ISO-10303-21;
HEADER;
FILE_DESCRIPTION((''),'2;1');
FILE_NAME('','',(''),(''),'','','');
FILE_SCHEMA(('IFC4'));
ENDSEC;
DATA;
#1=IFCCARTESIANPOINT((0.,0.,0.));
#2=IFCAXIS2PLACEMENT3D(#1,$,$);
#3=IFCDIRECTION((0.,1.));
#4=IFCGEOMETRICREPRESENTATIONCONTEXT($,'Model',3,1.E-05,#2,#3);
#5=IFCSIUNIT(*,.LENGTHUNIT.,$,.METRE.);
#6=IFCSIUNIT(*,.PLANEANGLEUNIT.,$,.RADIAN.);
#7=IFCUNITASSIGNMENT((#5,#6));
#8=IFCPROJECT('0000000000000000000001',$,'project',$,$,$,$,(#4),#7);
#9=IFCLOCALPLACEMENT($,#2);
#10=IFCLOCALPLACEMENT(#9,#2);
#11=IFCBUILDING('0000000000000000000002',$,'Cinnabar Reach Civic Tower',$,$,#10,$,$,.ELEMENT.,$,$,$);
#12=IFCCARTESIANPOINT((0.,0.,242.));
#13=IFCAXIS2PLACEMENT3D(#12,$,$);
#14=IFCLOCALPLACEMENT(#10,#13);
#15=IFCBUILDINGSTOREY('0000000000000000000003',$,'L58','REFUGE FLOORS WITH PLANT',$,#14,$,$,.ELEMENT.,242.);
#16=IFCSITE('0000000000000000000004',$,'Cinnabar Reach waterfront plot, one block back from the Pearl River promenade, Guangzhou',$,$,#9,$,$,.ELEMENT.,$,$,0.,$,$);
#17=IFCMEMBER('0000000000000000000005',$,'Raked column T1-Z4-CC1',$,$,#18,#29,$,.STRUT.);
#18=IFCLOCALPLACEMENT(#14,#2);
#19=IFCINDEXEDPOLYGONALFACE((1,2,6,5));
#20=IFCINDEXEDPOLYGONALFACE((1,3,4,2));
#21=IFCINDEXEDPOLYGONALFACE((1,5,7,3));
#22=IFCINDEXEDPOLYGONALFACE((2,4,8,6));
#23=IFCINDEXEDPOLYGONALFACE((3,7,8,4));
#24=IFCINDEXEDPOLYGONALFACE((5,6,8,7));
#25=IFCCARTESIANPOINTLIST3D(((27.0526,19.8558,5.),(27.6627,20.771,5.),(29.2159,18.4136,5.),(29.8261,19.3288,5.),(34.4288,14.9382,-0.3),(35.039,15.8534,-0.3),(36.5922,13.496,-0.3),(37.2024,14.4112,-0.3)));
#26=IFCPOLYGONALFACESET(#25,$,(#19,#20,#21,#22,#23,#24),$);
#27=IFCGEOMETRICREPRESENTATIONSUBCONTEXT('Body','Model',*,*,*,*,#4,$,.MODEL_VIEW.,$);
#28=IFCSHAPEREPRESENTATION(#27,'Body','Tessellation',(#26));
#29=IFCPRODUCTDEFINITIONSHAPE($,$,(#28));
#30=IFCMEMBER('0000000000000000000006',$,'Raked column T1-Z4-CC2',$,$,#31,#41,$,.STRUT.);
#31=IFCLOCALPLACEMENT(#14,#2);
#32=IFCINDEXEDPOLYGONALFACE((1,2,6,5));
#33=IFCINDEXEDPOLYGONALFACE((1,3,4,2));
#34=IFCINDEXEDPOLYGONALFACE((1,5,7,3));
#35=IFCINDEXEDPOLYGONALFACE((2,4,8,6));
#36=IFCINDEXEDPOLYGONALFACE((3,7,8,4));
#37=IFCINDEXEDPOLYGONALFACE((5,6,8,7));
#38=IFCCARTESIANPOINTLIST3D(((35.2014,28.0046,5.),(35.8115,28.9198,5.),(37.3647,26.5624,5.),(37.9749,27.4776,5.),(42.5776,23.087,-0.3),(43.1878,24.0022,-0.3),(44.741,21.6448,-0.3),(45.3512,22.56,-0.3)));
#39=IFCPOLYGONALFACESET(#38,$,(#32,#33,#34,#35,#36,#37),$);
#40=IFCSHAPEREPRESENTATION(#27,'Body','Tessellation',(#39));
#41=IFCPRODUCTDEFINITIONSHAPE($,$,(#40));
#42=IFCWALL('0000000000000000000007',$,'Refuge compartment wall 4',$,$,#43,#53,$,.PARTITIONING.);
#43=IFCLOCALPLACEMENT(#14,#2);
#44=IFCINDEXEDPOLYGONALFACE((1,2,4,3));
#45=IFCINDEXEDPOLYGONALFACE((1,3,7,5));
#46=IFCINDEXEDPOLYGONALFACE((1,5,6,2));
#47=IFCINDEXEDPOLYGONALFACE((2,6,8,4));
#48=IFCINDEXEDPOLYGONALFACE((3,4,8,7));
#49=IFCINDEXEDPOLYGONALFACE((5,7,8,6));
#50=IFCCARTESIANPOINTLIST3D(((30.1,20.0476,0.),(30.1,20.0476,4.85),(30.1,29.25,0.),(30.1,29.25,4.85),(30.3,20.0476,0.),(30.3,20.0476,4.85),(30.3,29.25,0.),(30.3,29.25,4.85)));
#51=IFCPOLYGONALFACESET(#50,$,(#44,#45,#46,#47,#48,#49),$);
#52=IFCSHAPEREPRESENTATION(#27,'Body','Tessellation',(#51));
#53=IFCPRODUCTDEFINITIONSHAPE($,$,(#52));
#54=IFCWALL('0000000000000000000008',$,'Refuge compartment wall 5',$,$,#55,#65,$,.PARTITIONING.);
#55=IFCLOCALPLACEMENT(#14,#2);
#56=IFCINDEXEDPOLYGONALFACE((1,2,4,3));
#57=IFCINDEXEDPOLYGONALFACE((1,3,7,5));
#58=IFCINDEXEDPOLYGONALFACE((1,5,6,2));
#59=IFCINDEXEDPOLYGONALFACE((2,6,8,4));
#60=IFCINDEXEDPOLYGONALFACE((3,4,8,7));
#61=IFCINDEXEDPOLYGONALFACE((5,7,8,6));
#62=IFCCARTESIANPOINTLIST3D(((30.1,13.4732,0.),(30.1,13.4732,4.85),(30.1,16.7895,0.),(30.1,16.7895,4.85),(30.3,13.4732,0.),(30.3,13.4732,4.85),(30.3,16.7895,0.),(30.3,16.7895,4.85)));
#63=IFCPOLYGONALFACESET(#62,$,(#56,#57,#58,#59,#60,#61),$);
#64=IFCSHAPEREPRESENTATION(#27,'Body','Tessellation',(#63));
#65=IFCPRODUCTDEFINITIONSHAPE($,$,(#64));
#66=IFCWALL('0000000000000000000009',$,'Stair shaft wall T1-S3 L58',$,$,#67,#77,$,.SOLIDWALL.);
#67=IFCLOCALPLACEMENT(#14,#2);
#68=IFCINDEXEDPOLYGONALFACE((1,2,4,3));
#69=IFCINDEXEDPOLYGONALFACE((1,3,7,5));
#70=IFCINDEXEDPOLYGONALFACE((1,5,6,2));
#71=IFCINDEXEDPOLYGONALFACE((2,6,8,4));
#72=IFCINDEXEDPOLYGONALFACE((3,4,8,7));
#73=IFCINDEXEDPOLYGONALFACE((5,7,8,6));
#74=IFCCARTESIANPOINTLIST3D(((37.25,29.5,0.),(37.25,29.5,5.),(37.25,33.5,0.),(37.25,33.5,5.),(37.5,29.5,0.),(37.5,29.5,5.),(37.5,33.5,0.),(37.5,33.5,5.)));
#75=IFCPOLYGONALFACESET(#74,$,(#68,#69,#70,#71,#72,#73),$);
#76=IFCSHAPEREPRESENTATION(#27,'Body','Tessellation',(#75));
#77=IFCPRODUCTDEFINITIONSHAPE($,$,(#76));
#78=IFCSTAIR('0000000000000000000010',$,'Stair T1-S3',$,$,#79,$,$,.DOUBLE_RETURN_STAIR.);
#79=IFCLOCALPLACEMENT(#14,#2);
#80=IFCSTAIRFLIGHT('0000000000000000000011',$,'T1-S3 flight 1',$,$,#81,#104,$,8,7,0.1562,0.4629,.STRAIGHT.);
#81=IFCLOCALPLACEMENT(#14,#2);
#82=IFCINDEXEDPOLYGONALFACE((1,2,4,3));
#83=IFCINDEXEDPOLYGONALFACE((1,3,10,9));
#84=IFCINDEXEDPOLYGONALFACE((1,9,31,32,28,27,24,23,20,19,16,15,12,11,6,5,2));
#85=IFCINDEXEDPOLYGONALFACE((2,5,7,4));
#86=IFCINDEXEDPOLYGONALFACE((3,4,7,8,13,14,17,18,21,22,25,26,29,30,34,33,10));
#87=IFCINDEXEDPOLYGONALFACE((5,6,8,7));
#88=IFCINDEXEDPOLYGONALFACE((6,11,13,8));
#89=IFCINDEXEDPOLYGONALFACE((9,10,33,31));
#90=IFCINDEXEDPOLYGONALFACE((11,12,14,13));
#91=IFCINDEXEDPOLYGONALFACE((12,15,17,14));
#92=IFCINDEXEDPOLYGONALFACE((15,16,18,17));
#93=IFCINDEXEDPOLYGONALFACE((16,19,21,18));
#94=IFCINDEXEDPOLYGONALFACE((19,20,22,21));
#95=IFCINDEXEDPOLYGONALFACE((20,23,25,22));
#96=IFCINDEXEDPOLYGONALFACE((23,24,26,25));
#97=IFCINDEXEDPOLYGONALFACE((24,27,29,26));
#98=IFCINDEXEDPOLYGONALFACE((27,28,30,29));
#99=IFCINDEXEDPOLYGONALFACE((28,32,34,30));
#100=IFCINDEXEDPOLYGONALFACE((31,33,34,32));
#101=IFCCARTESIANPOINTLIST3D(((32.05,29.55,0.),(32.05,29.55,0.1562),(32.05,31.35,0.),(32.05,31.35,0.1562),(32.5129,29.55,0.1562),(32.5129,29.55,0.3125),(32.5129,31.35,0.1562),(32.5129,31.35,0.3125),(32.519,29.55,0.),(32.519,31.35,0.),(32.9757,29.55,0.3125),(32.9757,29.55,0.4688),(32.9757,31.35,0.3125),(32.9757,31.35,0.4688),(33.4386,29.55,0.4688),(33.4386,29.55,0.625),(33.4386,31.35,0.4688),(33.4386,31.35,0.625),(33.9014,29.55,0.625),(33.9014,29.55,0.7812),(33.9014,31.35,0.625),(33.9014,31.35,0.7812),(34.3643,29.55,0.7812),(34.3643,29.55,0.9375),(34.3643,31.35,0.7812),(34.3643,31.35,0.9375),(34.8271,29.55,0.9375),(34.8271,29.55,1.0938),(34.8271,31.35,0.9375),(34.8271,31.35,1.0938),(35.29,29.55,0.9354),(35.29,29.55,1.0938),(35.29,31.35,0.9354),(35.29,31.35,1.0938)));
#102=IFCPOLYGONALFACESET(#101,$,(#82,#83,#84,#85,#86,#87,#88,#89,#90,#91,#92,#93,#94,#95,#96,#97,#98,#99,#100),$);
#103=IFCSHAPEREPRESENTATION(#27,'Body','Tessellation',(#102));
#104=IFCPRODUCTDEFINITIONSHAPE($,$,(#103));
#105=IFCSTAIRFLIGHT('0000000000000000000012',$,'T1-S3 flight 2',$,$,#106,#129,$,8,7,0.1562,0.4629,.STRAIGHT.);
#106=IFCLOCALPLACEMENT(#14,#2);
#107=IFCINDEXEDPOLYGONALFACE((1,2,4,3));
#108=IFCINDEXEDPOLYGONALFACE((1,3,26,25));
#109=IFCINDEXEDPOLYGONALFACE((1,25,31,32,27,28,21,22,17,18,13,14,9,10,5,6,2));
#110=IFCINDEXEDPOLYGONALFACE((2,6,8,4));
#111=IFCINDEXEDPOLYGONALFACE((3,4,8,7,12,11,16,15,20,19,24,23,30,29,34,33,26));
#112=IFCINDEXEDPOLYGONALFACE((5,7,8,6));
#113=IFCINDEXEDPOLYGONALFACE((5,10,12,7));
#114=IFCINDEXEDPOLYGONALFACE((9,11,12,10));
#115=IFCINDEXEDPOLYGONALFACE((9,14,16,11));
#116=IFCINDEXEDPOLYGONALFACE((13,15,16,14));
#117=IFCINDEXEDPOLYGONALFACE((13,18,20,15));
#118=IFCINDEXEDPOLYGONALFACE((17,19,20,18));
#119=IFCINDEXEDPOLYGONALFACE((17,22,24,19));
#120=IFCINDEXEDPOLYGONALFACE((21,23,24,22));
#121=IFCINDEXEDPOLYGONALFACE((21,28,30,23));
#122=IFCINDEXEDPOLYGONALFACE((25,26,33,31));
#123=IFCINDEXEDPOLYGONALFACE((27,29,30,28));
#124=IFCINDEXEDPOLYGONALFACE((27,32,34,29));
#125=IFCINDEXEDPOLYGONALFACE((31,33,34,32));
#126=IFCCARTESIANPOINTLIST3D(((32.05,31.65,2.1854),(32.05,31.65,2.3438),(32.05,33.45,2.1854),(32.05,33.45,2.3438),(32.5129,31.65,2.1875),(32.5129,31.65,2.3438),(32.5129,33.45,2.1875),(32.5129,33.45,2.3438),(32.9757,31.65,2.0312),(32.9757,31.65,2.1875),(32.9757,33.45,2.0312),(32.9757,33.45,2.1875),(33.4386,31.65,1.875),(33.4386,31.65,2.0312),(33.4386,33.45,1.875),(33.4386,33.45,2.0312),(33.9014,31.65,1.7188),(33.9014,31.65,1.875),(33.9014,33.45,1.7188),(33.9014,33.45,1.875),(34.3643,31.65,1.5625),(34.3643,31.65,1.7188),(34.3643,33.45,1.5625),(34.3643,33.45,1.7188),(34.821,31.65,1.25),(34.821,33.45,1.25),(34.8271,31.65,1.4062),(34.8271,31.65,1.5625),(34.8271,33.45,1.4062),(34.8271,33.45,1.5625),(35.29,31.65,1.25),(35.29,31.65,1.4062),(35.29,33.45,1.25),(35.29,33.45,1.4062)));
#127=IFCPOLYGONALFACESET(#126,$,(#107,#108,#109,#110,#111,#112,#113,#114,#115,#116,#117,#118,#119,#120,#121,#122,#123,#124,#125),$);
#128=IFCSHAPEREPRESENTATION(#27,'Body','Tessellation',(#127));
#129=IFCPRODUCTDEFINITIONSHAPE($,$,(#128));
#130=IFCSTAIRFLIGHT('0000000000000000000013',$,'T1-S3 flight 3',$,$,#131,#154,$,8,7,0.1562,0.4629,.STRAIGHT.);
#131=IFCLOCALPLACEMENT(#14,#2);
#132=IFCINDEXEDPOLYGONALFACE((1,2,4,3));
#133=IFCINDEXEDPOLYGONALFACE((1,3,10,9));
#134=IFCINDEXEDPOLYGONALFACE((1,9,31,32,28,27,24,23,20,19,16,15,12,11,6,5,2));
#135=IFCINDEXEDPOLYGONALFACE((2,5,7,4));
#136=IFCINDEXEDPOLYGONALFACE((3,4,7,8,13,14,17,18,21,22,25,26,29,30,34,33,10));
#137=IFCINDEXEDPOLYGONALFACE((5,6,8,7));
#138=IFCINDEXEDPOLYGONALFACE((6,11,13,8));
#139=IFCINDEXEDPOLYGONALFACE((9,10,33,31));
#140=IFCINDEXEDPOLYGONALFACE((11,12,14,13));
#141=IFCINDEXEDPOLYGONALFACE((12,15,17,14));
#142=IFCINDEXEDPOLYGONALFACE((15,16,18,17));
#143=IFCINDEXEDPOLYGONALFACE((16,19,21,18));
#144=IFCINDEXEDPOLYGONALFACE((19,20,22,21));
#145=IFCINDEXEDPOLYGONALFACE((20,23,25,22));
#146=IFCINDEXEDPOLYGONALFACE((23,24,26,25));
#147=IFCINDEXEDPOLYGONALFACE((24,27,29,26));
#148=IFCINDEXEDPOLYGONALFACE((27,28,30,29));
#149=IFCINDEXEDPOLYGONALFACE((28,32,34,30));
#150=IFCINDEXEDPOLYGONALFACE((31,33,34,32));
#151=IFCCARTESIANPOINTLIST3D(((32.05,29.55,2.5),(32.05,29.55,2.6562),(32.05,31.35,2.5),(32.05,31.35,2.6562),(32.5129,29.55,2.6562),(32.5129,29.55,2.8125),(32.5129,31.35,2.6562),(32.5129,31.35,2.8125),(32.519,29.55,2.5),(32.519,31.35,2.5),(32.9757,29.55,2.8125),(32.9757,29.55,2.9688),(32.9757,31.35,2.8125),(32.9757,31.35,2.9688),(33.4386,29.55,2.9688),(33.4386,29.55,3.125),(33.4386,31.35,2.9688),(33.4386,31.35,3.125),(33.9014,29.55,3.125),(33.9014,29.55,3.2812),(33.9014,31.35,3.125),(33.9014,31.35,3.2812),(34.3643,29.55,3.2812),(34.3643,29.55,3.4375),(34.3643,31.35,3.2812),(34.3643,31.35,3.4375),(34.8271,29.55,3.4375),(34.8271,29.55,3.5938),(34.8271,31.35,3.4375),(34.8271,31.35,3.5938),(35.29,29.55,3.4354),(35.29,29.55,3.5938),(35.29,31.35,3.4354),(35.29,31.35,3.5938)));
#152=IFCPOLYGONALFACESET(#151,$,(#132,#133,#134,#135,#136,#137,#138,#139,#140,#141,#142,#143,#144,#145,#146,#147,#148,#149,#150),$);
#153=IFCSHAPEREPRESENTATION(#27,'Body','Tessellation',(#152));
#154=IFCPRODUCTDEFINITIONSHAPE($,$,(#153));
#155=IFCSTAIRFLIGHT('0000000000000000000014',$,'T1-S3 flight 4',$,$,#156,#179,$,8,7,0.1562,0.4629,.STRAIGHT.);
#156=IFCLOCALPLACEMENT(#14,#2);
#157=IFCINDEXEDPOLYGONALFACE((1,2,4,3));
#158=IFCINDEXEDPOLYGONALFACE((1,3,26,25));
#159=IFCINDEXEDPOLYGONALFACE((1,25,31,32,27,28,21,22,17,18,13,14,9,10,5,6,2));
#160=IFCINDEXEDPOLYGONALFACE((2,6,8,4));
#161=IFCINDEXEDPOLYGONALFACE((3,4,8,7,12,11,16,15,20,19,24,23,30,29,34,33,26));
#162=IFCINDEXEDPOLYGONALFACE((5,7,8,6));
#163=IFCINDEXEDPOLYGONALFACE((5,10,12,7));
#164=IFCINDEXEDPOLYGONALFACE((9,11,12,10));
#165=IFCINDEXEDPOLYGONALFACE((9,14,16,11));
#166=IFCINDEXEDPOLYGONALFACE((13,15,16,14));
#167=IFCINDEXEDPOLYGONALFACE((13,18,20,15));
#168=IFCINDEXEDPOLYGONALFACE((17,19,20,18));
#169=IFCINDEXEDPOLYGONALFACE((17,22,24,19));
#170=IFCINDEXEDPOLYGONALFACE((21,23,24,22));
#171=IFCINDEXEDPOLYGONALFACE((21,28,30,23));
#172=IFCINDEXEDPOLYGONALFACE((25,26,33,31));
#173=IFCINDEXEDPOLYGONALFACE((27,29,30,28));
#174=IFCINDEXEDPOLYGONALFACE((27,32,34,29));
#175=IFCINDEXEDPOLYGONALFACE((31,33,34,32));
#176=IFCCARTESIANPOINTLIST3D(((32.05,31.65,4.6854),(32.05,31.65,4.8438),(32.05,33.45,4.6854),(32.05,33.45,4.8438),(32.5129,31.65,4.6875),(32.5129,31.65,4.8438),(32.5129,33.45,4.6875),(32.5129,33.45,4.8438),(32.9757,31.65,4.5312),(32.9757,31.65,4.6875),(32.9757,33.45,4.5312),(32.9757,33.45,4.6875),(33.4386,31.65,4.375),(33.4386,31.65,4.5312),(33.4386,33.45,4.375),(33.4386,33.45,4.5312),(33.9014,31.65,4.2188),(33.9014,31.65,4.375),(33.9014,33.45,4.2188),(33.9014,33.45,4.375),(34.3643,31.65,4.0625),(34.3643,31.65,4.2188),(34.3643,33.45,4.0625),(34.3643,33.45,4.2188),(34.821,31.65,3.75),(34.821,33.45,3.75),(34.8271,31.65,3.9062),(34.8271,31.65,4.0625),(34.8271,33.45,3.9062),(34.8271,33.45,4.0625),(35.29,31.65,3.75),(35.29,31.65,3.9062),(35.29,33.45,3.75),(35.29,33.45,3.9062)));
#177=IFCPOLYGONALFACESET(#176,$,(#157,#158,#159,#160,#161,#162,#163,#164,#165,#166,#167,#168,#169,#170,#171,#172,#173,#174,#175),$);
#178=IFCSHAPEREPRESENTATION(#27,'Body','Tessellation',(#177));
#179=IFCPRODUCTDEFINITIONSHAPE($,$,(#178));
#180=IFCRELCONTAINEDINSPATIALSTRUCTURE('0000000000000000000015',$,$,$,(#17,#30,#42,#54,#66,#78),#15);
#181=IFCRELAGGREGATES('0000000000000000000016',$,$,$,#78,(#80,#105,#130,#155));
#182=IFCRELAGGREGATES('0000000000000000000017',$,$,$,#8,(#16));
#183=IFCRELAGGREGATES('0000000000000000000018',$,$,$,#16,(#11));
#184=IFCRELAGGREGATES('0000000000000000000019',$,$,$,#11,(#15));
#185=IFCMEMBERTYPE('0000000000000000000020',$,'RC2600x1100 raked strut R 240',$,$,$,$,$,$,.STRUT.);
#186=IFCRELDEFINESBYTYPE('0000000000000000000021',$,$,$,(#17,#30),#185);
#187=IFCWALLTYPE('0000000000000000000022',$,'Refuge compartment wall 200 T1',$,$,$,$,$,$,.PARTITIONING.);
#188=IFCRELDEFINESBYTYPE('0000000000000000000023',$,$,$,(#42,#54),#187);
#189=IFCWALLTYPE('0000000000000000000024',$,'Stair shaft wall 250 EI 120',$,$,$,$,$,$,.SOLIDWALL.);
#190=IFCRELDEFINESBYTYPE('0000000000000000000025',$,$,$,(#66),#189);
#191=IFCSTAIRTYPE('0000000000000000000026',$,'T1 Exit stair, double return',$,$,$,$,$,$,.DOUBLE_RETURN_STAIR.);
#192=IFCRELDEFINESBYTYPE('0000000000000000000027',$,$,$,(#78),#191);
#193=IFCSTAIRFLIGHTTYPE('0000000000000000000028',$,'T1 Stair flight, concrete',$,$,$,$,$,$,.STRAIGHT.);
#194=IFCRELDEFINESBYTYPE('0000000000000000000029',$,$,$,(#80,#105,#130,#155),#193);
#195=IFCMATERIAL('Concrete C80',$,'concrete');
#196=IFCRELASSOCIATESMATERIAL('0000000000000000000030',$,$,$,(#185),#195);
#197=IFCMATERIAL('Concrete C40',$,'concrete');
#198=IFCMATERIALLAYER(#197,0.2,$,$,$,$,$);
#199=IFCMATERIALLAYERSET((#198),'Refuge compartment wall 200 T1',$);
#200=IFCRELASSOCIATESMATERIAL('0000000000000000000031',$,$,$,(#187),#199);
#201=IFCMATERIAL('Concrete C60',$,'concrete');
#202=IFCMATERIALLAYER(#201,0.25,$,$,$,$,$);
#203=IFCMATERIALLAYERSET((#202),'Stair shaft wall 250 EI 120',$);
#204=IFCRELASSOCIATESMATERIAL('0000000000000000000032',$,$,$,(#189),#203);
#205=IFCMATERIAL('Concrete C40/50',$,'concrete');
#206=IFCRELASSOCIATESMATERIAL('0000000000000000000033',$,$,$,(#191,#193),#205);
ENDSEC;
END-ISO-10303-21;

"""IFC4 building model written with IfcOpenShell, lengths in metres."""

from ifc_helpers import new_model, si_unit, direction, frame, frame_2d, origin, origin_2d, place, context, subcontext, project, spatial, polyline, rectangle, outline, extrude, material, layer, layer_set, material_profile, profile_set, type_object, element, aggregate, save


model = new_model("IFC4")

# Units and contexts
model_context = context("Model", 3, precision=1e-05, world=origin(), true_north=direction((0.0, 1.0)))
body_context = subcontext(model_context, "Body", "Model", "MODEL_VIEW")
ifc_project = project(units=[si_unit("LENGTHUNIT", "METRE"), si_unit("PLANEANGLEUNIT", "RADIAN")], contexts=[model_context])

# Site, building, storey
site_placement = place(None, origin())
site = spatial("IfcSite", under=ifc_project, at=site_placement, Name="Cinnabar Reach waterfront plot, one block back from the Pearl River promenade, Guangzhou", CompositionType="ELEMENT", RefElevation=0.0)
building_placement = place(site_placement, origin())
building = spatial("IfcBuilding", under=site, at=building_placement, Name="Cinnabar Reach Civic Tower", CompositionType="ELEMENT")
storey_placement = place(building_placement, frame((0.0, 0.0, 242.0)))
storey = spatial("IfcBuildingStorey", under=building, at=storey_placement, Name="L58", Description="REFUGE FLOORS WITH PLANT", CompositionType="ELEMENT", Elevation=242.0)

# Shared definitions
ifc_material_1 = material(Name="Concrete C80", Category="concrete")
ifc_material_2 = material(Name="Concrete C60", Category="concrete")

# Members
ifc_material_profile_1 = material_profile(ifc_material_1, rectangle(XDim=2.6, YDim=1.1, at=origin_2d()), Name="RC2600x1100")
ifc_profile_set_1 = profile_set([ifc_material_profile_1], Name="Concrete C80")
member_type = type_object("IfcMemberType", Name="RC2600x1100 raked strut R 240", PredefinedType="STRUT", material=ifc_profile_set_1)
for number, where, z_axis, x_axis, name in (
    (1, (35.8156, 14.6747, -0.3), (0.0, 0.0, 1.0), (-0.832051, 0.554699, 0.0), "Raked column T1-Z4-CC1"),
    (2, (43.9644, 22.8235, -0.3), (0.0, 0.0, 1.0), (-0.832051, 0.554699, 0.0), "Raked column T1-Z4-CC2"),
):
    element("IfcMember", number, at=place(storey_placement, frame(where, z_axis=z_axis, x_axis=x_axis)), inside=storey, type_object=member_type, Name=name, PredefinedType="STRUT", context=body_context, shape_type="SweptSolid", body=[
        extrude(rectangle(XDim=2.6, YDim=1.1, at=origin_2d()), origin(), (0.85831, -0.000006, 0.513132), 10.3287),
    ])

# Walls
ifc_material_3 = material(Name="Concrete C40", Category="concrete")
ifc_layer_1 = layer(ifc_material_3, 0.2)
ifc_layer_set_1 = layer_set([ifc_layer_1], Name="Refuge compartment wall 200 T1")
wall_type_1 = type_object("IfcWallType", Name="Refuge compartment wall 200 T1", PredefinedType="PARTITIONING", material=ifc_layer_set_1)
wall_1_placement = place(storey_placement, frame((30.2, 20.0475, 0.0), z_axis=(0.0, 0.0, 1.0), x_axis=(0.0, 1.0, 0.0)))
element("IfcWall", 3, at=wall_1_placement, inside=storey, type_object=wall_type_1, Name="Refuge compartment wall 4", PredefinedType="PARTITIONING", context=body_context, shape_type="SweptSolid", body=[
    extrude(rectangle(XDim=9.2025, YDim=0.2, at=frame_2d((4.6013, 0.0))), origin(), (0.0, 0.0, 1.0), 4.85),
])
wall_2_placement = place(storey_placement, frame((30.2, 13.4732, 0.0), z_axis=(0.0, 0.0, 1.0), x_axis=(0.0, 1.0, 0.0)))
element("IfcWall", 4, at=wall_2_placement, inside=storey, type_object=wall_type_1, Name="Refuge compartment wall 5", PredefinedType="PARTITIONING", context=body_context, shape_type="SweptSolid", body=[
    extrude(rectangle(XDim=3.3163, YDim=0.2, at=frame_2d((1.6582, 0.0))), origin(), (0.0, 0.0, 1.0), 4.85),
])
ifc_layer_2 = layer(ifc_material_2, 0.25)
ifc_layer_set_2 = layer_set([ifc_layer_2], Name="Stair shaft wall 250 EI 120")
wall_type_2 = type_object("IfcWallType", Name="Stair shaft wall 250 EI 120", PredefinedType="SOLIDWALL", material=ifc_layer_set_2)
wall_3_placement = place(storey_placement, frame((37.375, 29.5, 0.0), z_axis=(0.0, 0.0, 1.0), x_axis=(0.0, 1.0, 0.0)))
element("IfcWall", 5, at=wall_3_placement, inside=storey, type_object=wall_type_2, Name="Stair shaft wall T1-S3 L58", PredefinedType="SOLIDWALL", context=body_context, shape_type="SweptSolid", body=[
    extrude(rectangle(XDim=4.0, YDim=0.25, at=frame_2d((2.0, 0.0))), origin(), (0.0, 0.0, 1.0), 5.0),
])

# Stair, stair flights
ifc_material_4 = material(Name="Concrete C40/50", Category="concrete")
stair_type = type_object("IfcStairType", Name="T1 Exit stair, double return", PredefinedType="DOUBLE_RETURN_STAIR", material=ifc_material_4)
stair_placement = place(storey_placement, origin())
stair = element("IfcStair", 6, at=stair_placement, inside=storey, type_object=stair_type, Name="Stair T1-S3", PredefinedType="DOUBLE_RETURN_STAIR")
stair_flight_type = type_object("IfcStairFlightType", Name="T1 Stair flight, concrete", PredefinedType="STRAIGHT", material=ifc_material_4)
stair_flight_1_placement = place(storey_placement, frame((32.05, 30.45, 0.0), z_axis=(0.0, 0.0, 1.0), x_axis=(1.0, 0.0, 0.0)))
stair_flight_1 = element("IfcStairFlight", 7, at=stair_flight_1_placement, type_object=stair_flight_type, Name="T1-S3 flight 1", NumberOfRisers=8, NumberOfTreads=7, PredefinedType="STRAIGHT", RiserHeight=0.1562, TreadLength=0.4629, context=body_context, shape_type="SweptSolid", body=[
    extrude(outline(polyline([(0.0, 0.0), (0.0, 0.1562), (0.4629, 0.1562), (0.4629, 0.3125), (0.9257, 0.3125), (0.9257, 0.4688), (1.3886, 0.4688), (1.3886, 0.625), (1.8514, 0.625), (1.8514, 0.7812), (2.3143, 0.7812), (2.3143, 0.9375), (2.7771, 0.9375), (2.7771, 1.0938), (3.24, 1.0938), (3.24, 1.25), (3.24, 0.9354), (0.469, 0.0), (0.0, 0.0)])), frame((0.0, 0.9, 0.0), z_axis=(0.0, -1.0, 0.0), x_axis=(1.0, 0.0, 0.0)), (0.0, 0.0, 1.0), 1.8),
])
stair_flight_2_placement = place(storey_placement, frame((35.29, 32.55, 1.25), z_axis=(0.0, 0.0, 1.0), x_axis=(-1.0, 0.0, 0.0)))
stair_flight_2 = element("IfcStairFlight", 8, at=stair_flight_2_placement, type_object=stair_flight_type, Name="T1-S3 flight 2", NumberOfRisers=8, NumberOfTreads=7, PredefinedType="STRAIGHT", RiserHeight=0.1562, TreadLength=0.4629, context=body_context, shape_type="SweptSolid", body=[
    extrude(outline(polyline([(0.0, 0.0), (0.0, 0.1562), (0.4629, 0.1562), (0.4629, 0.3125), (0.9257, 0.3125), (0.9257, 0.4688), (1.3886, 0.4688), (1.3886, 0.625), (1.8514, 0.625), (1.8514, 0.7812), (2.3143, 0.7812), (2.3143, 0.9375), (2.7771, 0.9375), (2.7771, 1.0938), (3.24, 1.0938), (3.24, 1.25), (3.24, 0.9354), (0.469, 0.0), (0.0, 0.0)])), frame((0.0, 0.9, 0.0), z_axis=(0.0, -1.0, 0.0), x_axis=(1.0, 0.0, 0.0)), (0.0, 0.0, 1.0), 1.8),
])
stair_flight_3_placement = place(storey_placement, frame((32.05, 30.45, 2.5), z_axis=(0.0, 0.0, 1.0), x_axis=(1.0, 0.0, 0.0)))
stair_flight_3 = element("IfcStairFlight", 9, at=stair_flight_3_placement, type_object=stair_flight_type, Name="T1-S3 flight 3", NumberOfRisers=8, NumberOfTreads=7, PredefinedType="STRAIGHT", RiserHeight=0.1562, TreadLength=0.4629, context=body_context, shape_type="SweptSolid", body=[
    extrude(outline(polyline([(0.0, 0.0), (0.0, 0.1562), (0.4629, 0.1562), (0.4629, 0.3125), (0.9257, 0.3125), (0.9257, 0.4688), (1.3886, 0.4688), (1.3886, 0.625), (1.8514, 0.625), (1.8514, 0.7812), (2.3143, 0.7812), (2.3143, 0.9375), (2.7771, 0.9375), (2.7771, 1.0938), (3.24, 1.0938), (3.24, 1.25), (3.24, 0.9354), (0.469, 0.0), (0.0, 0.0)])), frame((0.0, 0.9, 0.0), z_axis=(0.0, -1.0, 0.0), x_axis=(1.0, 0.0, 0.0)), (0.0, 0.0, 1.0), 1.8),
])
stair_flight_4_placement = place(storey_placement, frame((35.29, 32.55, 3.75), z_axis=(0.0, 0.0, 1.0), x_axis=(-1.0, 0.0, 0.0)))
stair_flight_4 = element("IfcStairFlight", 10, at=stair_flight_4_placement, type_object=stair_flight_type, Name="T1-S3 flight 4", NumberOfRisers=8, NumberOfTreads=7, PredefinedType="STRAIGHT", RiserHeight=0.1562, TreadLength=0.4629, context=body_context, shape_type="SweptSolid", body=[
    extrude(outline(polyline([(0.0, 0.0), (0.0, 0.1562), (0.4629, 0.1562), (0.4629, 0.3125), (0.9257, 0.3125), (0.9257, 0.4688), (1.3886, 0.4688), (1.3886, 0.625), (1.8514, 0.625), (1.8514, 0.7812), (2.3143, 0.7812), (2.3143, 0.9375), (2.7771, 0.9375), (2.7771, 1.0938), (3.24, 1.0938), (3.24, 1.25), (3.24, 0.9354), (0.469, 0.0), (0.0, 0.0)])), frame((0.0, 0.9, 0.0), z_axis=(0.0, -1.0, 0.0), x_axis=(1.0, 0.0, 0.0)), (0.0, 0.0, 1.0), 1.8),
])
aggregate(stair, [stair_flight_1, stair_flight_2, stair_flight_3, stair_flight_4])

save(model, "model.ifc")
